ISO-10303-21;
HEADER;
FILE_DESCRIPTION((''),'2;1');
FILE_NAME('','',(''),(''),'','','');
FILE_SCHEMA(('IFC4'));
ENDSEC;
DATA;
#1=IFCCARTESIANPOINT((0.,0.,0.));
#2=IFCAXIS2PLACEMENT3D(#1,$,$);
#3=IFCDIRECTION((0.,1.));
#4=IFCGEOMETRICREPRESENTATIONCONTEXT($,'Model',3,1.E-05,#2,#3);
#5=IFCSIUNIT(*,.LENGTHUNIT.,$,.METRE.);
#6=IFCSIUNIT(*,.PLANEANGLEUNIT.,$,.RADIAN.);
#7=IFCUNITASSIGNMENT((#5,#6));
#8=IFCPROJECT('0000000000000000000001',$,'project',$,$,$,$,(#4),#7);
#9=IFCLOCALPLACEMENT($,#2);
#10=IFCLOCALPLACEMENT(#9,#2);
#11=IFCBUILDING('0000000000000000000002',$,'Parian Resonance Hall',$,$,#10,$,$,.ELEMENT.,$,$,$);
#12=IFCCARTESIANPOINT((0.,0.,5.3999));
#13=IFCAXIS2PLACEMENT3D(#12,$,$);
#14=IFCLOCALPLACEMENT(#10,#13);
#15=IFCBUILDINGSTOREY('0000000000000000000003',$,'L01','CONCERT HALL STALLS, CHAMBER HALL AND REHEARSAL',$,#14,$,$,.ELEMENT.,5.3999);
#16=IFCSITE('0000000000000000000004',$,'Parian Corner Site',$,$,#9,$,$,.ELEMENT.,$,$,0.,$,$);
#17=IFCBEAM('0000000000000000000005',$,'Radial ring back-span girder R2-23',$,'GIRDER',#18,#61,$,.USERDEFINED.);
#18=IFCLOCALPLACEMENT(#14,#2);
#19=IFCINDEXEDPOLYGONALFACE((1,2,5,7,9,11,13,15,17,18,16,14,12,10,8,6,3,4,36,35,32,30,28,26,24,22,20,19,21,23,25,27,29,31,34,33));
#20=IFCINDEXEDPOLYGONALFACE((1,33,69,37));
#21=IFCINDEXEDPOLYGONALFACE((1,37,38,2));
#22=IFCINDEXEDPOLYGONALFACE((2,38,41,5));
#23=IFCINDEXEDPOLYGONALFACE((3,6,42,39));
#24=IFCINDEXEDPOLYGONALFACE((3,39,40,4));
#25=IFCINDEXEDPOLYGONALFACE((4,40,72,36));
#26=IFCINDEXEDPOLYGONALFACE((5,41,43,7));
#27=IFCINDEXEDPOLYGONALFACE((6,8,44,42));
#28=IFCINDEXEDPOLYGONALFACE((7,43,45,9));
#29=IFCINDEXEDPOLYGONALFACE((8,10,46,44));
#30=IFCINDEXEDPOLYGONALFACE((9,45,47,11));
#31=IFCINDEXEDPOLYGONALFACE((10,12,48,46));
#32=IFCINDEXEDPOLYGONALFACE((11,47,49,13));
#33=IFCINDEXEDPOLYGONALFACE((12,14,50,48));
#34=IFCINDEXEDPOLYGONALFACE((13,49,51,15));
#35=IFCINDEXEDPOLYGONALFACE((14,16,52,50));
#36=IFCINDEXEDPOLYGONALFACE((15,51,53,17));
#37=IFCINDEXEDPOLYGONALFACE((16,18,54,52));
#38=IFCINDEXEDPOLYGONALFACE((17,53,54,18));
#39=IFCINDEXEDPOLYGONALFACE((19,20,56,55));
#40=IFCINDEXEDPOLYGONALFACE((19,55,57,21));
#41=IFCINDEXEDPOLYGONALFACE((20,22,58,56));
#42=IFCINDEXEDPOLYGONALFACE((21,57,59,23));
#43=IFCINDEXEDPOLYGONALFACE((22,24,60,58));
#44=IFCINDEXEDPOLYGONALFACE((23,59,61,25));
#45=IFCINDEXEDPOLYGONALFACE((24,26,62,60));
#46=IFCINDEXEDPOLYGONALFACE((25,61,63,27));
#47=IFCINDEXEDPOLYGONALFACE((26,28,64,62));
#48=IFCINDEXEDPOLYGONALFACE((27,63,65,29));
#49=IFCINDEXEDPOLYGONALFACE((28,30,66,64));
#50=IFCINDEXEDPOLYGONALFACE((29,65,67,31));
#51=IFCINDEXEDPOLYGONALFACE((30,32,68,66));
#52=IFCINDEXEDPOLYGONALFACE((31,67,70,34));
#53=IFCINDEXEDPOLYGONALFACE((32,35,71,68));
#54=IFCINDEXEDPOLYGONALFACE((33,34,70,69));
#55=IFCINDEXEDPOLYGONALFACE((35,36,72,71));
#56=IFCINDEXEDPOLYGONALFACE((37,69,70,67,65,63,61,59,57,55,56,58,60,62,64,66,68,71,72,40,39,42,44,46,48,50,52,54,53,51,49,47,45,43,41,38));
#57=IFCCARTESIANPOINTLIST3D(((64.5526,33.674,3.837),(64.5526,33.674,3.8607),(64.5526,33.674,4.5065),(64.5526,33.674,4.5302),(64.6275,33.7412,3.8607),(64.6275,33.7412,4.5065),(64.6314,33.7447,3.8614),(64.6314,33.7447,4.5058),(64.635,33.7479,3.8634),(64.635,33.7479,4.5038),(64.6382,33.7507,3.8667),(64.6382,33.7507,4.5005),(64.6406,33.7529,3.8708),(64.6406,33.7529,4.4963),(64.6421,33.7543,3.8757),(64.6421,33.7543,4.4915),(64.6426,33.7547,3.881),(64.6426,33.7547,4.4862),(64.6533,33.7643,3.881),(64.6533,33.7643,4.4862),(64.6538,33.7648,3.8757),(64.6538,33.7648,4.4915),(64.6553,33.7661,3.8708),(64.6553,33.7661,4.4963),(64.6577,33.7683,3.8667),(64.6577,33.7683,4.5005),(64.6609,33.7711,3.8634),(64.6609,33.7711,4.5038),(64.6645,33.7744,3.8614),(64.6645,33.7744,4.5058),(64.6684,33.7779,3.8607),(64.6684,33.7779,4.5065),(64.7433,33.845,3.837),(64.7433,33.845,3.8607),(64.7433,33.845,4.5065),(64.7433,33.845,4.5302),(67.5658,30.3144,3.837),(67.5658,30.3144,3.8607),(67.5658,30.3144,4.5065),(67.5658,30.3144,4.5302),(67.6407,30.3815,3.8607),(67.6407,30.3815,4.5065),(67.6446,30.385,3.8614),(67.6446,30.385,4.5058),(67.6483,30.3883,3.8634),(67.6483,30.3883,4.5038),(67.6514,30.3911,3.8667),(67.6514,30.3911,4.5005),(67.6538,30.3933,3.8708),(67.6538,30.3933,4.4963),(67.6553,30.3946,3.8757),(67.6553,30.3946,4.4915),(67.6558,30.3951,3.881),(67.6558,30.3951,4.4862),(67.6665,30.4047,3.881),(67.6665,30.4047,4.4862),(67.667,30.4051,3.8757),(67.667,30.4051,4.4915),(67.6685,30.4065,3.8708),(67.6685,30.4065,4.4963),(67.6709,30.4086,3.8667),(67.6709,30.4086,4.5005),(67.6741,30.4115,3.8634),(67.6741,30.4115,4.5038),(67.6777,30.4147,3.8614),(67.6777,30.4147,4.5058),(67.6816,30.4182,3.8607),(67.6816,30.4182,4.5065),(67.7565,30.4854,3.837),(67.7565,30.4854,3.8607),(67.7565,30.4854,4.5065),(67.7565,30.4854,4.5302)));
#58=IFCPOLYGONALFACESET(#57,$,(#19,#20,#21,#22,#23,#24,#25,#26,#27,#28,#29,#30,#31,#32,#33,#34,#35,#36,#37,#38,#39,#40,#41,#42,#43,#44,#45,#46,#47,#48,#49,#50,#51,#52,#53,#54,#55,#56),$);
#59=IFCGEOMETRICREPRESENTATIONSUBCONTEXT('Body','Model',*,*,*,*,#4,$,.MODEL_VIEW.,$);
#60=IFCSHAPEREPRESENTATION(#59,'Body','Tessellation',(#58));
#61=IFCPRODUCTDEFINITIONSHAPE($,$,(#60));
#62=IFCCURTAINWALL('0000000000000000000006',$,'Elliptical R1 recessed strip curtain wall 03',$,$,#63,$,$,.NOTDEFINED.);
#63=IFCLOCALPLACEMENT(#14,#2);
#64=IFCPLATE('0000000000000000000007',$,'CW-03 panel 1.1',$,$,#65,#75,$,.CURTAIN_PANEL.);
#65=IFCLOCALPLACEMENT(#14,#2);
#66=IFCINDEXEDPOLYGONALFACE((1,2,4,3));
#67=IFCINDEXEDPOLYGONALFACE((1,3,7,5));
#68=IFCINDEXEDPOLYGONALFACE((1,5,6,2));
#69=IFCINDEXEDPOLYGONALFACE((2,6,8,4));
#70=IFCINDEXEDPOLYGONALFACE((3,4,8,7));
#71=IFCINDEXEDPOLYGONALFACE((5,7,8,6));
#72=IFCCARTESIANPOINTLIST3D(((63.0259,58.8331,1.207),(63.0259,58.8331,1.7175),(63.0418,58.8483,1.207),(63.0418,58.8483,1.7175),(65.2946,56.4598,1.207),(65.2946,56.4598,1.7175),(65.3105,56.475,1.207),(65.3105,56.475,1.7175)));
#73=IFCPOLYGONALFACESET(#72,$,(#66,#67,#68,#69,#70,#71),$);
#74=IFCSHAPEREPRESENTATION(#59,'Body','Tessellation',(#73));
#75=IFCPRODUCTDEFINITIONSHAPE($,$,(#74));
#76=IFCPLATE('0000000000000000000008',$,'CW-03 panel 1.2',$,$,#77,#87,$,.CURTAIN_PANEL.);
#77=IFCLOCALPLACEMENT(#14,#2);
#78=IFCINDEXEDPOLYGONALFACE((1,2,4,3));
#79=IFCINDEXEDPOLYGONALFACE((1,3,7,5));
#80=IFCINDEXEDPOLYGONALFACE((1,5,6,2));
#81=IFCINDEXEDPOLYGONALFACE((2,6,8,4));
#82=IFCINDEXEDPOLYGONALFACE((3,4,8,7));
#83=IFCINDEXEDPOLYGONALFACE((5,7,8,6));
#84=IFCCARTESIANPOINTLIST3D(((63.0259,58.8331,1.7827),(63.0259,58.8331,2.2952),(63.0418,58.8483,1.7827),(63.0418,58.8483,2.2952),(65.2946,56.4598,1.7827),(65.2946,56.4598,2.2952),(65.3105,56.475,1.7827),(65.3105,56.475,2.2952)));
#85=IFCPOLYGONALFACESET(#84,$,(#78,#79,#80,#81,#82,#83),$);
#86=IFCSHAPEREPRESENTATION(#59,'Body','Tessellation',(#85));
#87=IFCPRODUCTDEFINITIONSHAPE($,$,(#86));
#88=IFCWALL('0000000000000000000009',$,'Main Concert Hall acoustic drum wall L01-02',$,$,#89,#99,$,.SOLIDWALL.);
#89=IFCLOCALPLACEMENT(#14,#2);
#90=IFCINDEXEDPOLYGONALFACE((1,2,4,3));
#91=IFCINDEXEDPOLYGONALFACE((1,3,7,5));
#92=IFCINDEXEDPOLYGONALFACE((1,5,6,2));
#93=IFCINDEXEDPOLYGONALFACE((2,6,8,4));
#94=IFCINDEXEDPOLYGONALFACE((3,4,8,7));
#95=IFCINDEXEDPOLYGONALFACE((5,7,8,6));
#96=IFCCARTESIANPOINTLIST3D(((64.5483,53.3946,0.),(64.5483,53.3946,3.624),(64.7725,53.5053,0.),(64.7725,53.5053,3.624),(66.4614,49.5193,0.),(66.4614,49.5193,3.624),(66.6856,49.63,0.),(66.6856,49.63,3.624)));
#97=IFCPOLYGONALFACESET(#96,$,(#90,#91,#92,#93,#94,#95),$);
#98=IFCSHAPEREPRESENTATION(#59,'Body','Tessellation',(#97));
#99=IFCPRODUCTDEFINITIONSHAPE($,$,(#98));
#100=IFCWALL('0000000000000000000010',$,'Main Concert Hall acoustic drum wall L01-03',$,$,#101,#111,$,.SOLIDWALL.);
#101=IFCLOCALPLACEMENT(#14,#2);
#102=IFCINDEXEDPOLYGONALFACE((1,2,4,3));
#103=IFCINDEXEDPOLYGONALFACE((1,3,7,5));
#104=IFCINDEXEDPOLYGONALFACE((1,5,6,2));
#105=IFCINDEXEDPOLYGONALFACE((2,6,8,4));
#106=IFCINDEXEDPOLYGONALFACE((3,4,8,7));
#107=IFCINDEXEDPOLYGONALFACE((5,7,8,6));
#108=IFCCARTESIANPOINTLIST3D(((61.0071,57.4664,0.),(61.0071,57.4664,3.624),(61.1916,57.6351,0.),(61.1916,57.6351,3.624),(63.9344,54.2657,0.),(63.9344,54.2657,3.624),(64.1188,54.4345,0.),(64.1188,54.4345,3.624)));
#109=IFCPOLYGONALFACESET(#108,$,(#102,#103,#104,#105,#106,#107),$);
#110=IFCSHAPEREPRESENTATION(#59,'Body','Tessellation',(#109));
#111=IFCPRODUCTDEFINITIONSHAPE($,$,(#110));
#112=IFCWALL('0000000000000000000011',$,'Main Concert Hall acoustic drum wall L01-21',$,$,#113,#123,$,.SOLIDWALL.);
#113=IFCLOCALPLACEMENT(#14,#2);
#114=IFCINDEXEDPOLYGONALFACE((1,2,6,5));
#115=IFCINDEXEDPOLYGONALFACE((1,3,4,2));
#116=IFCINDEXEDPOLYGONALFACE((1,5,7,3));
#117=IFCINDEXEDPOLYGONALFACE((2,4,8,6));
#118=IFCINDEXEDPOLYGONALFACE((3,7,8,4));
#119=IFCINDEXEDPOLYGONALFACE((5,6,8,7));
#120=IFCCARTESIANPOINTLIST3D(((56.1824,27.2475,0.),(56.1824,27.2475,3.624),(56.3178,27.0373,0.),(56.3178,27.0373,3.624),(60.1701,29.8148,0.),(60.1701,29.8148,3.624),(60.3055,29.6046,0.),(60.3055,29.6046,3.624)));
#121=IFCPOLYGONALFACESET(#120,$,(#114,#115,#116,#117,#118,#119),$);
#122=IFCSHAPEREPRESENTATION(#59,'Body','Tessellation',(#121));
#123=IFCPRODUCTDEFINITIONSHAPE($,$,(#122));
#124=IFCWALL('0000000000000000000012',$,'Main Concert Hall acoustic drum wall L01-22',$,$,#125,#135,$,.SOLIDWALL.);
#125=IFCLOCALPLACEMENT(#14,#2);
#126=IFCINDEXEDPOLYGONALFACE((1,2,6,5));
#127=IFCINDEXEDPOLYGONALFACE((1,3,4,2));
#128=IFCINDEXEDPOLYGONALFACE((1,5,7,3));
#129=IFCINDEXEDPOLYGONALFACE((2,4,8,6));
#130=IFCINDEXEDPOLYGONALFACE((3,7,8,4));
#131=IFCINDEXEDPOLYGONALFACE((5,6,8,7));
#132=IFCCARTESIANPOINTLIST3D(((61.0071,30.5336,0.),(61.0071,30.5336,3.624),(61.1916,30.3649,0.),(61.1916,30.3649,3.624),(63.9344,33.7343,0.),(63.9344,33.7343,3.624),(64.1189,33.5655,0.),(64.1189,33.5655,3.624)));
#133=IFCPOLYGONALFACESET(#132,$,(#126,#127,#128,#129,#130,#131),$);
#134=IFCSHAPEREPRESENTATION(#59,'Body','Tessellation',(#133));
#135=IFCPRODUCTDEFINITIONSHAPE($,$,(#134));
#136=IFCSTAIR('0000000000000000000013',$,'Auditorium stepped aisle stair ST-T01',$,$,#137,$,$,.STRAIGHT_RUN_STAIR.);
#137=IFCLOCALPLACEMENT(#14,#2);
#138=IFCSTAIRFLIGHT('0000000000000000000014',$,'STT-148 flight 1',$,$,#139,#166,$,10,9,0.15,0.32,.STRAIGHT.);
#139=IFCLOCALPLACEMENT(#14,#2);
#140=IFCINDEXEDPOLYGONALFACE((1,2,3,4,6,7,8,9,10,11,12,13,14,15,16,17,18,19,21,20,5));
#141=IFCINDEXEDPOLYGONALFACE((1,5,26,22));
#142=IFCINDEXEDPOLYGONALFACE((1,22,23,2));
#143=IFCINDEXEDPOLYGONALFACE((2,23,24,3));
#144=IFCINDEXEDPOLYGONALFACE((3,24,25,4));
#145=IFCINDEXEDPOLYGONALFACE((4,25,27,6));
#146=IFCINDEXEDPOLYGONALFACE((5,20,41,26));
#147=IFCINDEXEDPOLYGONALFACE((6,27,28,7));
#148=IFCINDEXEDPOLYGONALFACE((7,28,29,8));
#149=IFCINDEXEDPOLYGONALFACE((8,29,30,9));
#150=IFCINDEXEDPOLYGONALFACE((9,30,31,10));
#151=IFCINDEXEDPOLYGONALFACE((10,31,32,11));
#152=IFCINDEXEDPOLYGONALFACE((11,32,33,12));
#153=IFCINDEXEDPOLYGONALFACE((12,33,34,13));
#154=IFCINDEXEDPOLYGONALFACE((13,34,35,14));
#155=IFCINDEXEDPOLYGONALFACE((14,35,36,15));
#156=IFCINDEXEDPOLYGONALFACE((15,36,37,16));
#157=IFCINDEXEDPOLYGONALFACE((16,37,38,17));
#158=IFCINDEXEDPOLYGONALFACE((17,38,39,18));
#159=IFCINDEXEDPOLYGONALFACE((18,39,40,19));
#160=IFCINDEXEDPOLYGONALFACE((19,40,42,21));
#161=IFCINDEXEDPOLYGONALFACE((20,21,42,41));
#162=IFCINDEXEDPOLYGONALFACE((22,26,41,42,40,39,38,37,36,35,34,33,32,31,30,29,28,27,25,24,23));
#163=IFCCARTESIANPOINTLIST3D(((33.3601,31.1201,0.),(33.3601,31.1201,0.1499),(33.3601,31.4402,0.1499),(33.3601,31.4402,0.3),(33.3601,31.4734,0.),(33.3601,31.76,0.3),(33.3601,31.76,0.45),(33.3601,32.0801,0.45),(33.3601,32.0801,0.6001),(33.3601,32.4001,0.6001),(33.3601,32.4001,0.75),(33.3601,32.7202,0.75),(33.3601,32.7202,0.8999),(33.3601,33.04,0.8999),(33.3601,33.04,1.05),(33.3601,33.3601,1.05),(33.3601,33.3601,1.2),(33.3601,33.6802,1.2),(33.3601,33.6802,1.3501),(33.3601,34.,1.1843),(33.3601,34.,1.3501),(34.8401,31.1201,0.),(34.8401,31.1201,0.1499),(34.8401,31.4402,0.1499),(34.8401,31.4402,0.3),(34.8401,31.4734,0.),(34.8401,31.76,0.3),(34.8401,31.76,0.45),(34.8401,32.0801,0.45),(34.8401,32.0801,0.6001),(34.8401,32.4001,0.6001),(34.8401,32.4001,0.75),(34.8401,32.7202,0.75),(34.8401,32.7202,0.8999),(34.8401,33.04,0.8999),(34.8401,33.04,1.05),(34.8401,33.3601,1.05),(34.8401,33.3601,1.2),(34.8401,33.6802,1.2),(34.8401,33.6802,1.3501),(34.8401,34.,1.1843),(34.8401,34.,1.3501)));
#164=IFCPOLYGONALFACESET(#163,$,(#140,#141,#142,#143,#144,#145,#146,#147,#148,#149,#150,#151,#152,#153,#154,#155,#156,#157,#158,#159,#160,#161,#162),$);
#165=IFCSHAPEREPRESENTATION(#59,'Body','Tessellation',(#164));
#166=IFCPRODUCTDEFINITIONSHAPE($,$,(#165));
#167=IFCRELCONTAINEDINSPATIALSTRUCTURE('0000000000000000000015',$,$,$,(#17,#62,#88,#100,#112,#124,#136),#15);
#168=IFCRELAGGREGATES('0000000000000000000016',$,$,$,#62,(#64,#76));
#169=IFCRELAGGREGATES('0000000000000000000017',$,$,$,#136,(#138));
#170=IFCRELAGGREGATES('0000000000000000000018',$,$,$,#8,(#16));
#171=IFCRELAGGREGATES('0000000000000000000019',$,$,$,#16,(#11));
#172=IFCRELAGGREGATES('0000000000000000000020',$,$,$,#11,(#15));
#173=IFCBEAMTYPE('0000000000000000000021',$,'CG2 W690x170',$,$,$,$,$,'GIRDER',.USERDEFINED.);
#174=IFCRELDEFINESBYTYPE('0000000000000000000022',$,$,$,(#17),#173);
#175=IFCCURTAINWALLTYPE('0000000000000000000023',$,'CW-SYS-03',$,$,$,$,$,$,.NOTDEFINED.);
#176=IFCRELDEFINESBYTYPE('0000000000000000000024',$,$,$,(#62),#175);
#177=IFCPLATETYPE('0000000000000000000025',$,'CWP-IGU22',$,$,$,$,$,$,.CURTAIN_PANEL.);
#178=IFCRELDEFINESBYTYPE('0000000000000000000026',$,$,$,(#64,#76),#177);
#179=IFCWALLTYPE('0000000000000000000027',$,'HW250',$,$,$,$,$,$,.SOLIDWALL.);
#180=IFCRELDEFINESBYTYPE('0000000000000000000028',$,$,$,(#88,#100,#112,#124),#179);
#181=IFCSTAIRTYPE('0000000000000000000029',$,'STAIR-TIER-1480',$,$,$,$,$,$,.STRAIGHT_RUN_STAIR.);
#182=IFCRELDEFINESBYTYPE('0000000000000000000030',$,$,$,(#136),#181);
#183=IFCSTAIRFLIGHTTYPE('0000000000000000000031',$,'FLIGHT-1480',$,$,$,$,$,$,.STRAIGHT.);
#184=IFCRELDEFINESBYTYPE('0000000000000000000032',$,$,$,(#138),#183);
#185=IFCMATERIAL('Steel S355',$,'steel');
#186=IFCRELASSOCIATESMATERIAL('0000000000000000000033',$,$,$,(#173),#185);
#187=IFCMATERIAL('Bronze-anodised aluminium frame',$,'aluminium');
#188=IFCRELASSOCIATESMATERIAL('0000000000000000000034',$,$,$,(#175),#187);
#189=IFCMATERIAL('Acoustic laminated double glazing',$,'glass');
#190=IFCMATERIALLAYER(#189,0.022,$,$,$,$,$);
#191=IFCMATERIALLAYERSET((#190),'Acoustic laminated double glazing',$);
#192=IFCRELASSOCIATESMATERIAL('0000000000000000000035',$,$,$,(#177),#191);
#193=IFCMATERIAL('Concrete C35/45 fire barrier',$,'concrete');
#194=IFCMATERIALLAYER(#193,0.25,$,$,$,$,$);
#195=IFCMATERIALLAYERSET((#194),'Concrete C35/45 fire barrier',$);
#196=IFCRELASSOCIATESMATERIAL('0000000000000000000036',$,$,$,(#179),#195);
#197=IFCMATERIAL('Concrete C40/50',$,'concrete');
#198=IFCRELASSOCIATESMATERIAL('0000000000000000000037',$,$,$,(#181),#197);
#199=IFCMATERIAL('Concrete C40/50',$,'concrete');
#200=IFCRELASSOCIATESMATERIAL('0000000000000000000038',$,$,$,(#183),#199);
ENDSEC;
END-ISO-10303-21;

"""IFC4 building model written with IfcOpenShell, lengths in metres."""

from ifc_helpers import new_model, si_unit, direction, frame, frame_2d, origin, origin_2d, place, context, subcontext, project, spatial, polyline, rectangle, i_section, outline, extrude, material, layer, layer_set, material_profile, profile_set, type_object, element, aggregate, save


model = new_model("IFC4")

# Units and contexts
model_context = context("Model", 3, precision=1e-05, world=origin(), true_north=direction((0.0, 1.0)))
body_context = subcontext(model_context, "Body", "Model", "MODEL_VIEW")
ifc_project = project(units=[si_unit("LENGTHUNIT", "METRE"), si_unit("PLANEANGLEUNIT", "RADIAN")], contexts=[model_context])

# Site, building, storey
site_placement = place(None, origin())
site = spatial("IfcSite", under=ifc_project, at=site_placement, Name="Parian Corner Site", CompositionType="ELEMENT", RefElevation=0.0)
building_placement = place(site_placement, origin())
building = spatial("IfcBuilding", under=site, at=building_placement, Name="Parian Resonance Hall", CompositionType="ELEMENT")
storey_placement = place(building_placement, frame((0.0, 0.0, 5.3999)))
storey = spatial("IfcBuildingStorey", under=building, at=storey_placement, Name="L01", Description="CONCERT HALL STALLS, CHAMBER HALL AND REHEARSAL", CompositionType="ELEMENT", Elevation=5.3999)

# Beam
ifc_material_1 = material(Name="Steel S355", Category="steel")
ifc_material_profile_1 = material_profile(ifc_material_1, i_section(OverallWidth=0.2561, OverallDepth=0.6931, WebThickness=0.0144, FlangeThickness=0.0237, FilletRadius=0.0203, at=origin_2d()), Name="W690x170")
ifc_profile_set_1 = profile_set([ifc_material_profile_1], Name="Steel S355")
beam_type_1 = type_object("IfcBeamType", Name="CG2 W690x170", ElementType="GIRDER", PredefinedType="USERDEFINED", material=ifc_profile_set_1)
beam_1_placement = place(storey_placement, frame((64.6479, 33.7595, 4.1836), z_axis=(0.667682, -0.744447, 0.0), x_axis=(0.744447, 0.667682, 0.0)))
element("IfcBeam", 1, at=beam_1_placement, inside=storey, type_object=beam_type_1, Name="Radial ring back-span girder R2-23", ObjectType="GIRDER", PredefinedType="USERDEFINED", context=body_context, shape_type="SweptSolid", body=[
    extrude(i_section(OverallWidth=0.2561, OverallDepth=0.6931, WebThickness=0.0144, FlangeThickness=0.0237, FilletRadius=0.0203, at=origin_2d()), origin(), (0.0, 0.0, 1.0), 4.5129),
])

# Curtain wall, plates
ifc_material_2 = material(Name="Bronze-anodised aluminium frame", Category="aluminium")
curtain_wall_type = type_object("IfcCurtainWallType", Name="CW-SYS-03", PredefinedType="NOTDEFINED", material=ifc_material_2)
curtain_wall_placement = place(storey_placement, origin())
curtain_wall = element("IfcCurtainWall", 2, at=curtain_wall_placement, inside=storey, type_object=curtain_wall_type, Name="Elliptical R1 recessed strip curtain wall 03", PredefinedType="NOTDEFINED")
ifc_material_3 = material(Name="Acoustic laminated double glazing", Category="glass")
ifc_layer_1 = layer(ifc_material_3, 0.022)
ifc_layer_set_1 = layer_set([ifc_layer_1], Name="Acoustic laminated double glazing")
plate_type = type_object("IfcPlateType", Name="CWP-IGU22", PredefinedType="CURTAIN_PANEL", material=ifc_layer_set_1)
plate_1_placement = place(storey_placement, frame((64.1682, 57.6541, 1.207), z_axis=(0.0, 0.0, 1.0), x_axis=(0.690992, -0.722863, 0.0)))
plate_1 = element("IfcPlate", 3, at=plate_1_placement, type_object=plate_type, Name="CW-03 panel 1.1", PredefinedType="CURTAIN_PANEL", context=body_context, shape_type="SweptSolid", body=[
    extrude(rectangle(XDim=3.2832, YDim=0.022, at=origin_2d()), origin(), (0.0, 0.0, 1.0), 0.5105),
])
plate_2_placement = place(storey_placement, frame((64.1682, 57.6541, 1.7827), z_axis=(0.0, 0.0, 1.0), x_axis=(0.690992, -0.722863, 0.0)))
plate_2 = element("IfcPlate", 4, at=plate_2_placement, type_object=plate_type, Name="CW-03 panel 1.2", PredefinedType="CURTAIN_PANEL", context=body_context, shape_type="SweptSolid", body=[
    extrude(rectangle(XDim=3.2832, YDim=0.022, at=origin_2d()), origin(), (0.0, 0.0, 1.0), 0.5125),
])
aggregate(curtain_wall, [plate_1, plate_2])

# Walls
ifc_material_4 = material(Name="Concrete C35/45 fire barrier", Category="concrete")
ifc_layer_2 = layer(ifc_material_4, 0.25)
ifc_layer_set_2 = layer_set([ifc_layer_2], Name="Concrete C35/45 fire barrier")
wall_type = type_object("IfcWallType", Name="HW250", PredefinedType="SOLIDWALL", material=ifc_layer_set_2)
wall_1_placement = place(storey_placement, frame((64.6604, 53.45, 0.0), z_axis=(0.0, 0.0, 1.0), x_axis=(0.442666, -0.896687, 0.0)))
element("IfcWall", 5, at=wall_1_placement, inside=storey, type_object=wall_type, Name="Main Concert Hall acoustic drum wall L01-02", PredefinedType="SOLIDWALL", context=body_context, shape_type="SweptSolid", body=[
    extrude(rectangle(XDim=4.3218, YDim=0.25, at=frame_2d((2.1609, 0.0))), origin(), (0.0, 0.0, 1.0), 3.624),
])
wall_2_placement = place(storey_placement, frame((61.0994, 57.5508, 0.0), z_axis=(0.0, 0.0, 1.0), x_axis=(0.674883, -0.737925, 0.0)))
element("IfcWall", 6, at=wall_2_placement, inside=storey, type_object=wall_type, Name="Main Concert Hall acoustic drum wall L01-03", PredefinedType="SOLIDWALL", context=body_context, shape_type="SweptSolid", body=[
    extrude(rectangle(XDim=4.3374, YDim=0.25, at=frame_2d((2.1687, 0.0))), origin(), (0.0, 0.0, 1.0), 3.624),
])
wall_3_placement = place(storey_placement, frame((60.2378, 29.7097, 0.0), z_axis=(0.0, 0.0, 1.0), x_axis=(-0.840814, -0.541325, 0.0)))
element("IfcWall", 7, at=wall_3_placement, inside=storey, type_object=wall_type, Name="Main Concert Hall acoustic drum wall L01-21", PredefinedType="SOLIDWALL", context=body_context, shape_type="SweptSolid", body=[
    extrude(rectangle(XDim=4.7427, YDim=0.25, at=frame_2d((2.3713, 0.0))), origin(), (0.0, 0.0, 1.0), 3.624),
])
wall_4_placement = place(storey_placement, frame((64.0266, 33.6499, 0.0), z_axis=(0.0, 0.0, 1.0), x_axis=(-0.674883, -0.737925, 0.0)))
element("IfcWall", 8, at=wall_4_placement, inside=storey, type_object=wall_type, Name="Main Concert Hall acoustic drum wall L01-22", PredefinedType="SOLIDWALL", context=body_context, shape_type="SweptSolid", body=[
    extrude(rectangle(XDim=4.3374, YDim=0.25, at=frame_2d((2.1687, 0.0))), origin(), (0.0, 0.0, 1.0), 3.624),
])

# Stair, stair flight
ifc_material_5 = material(Name="Concrete C40/50", Category="concrete")
stair_type = type_object("IfcStairType", Name="STAIR-TIER-1480", PredefinedType="STRAIGHT_RUN_STAIR", material=ifc_material_5)
stair_1_placement = place(storey_placement, origin())
stair_1 = element("IfcStair", 9, at=stair_1_placement, inside=storey, type_object=stair_type, Name="Auditorium stepped aisle stair ST-T01", PredefinedType="STRAIGHT_RUN_STAIR")
ifc_material_6 = material(Name="Concrete C40/50", Category="concrete")
stair_flight_type = type_object("IfcStairFlightType", Name="FLIGHT-1480", PredefinedType="STRAIGHT", material=ifc_material_6)
stair_flight_1_placement = place(storey_placement, frame((34.1001, 31.1201, 0.0), z_axis=(0.0, 0.0, 1.0), x_axis=(0.0, 1.0, 0.0)))
stair_flight_1 = element("IfcStairFlight", 10, at=stair_flight_1_placement, type_object=stair_flight_type, Name="STT-148 flight 1", NumberOfRisers=10, NumberOfTreads=9, PredefinedType="STRAIGHT", RiserHeight=0.15, TreadLength=0.32, context=body_context, shape_type="SweptSolid", body=[
    extrude(outline(polyline([(0.0, 0.0), (0.0, 0.1499), (0.3201, 0.1499), (0.3201, 0.3), (0.6399, 0.3), (0.6399, 0.45), (0.96, 0.45), (0.96, 0.6001), (1.28, 0.6001), (1.28, 0.75), (1.6001, 0.75), (1.6001, 0.8999), (1.9199, 0.8999), (1.9199, 1.05), (2.24, 1.05), (2.24, 1.2), (2.5601, 1.2), (2.5601, 1.3501), (2.8799, 1.3501), (2.8799, 1.5), (2.8799, 1.1843), (0.3533, 0.0), (0.0, 0.0)])), frame((0.0, 0.74, 0.0), z_axis=(0.0, -1.0, 0.0), x_axis=(1.0, 0.0, 0.0)), (0.0, 0.0, 1.0), 1.48),
])
aggregate(stair_1, [stair_flight_1])

save(model, "model.ifc")
